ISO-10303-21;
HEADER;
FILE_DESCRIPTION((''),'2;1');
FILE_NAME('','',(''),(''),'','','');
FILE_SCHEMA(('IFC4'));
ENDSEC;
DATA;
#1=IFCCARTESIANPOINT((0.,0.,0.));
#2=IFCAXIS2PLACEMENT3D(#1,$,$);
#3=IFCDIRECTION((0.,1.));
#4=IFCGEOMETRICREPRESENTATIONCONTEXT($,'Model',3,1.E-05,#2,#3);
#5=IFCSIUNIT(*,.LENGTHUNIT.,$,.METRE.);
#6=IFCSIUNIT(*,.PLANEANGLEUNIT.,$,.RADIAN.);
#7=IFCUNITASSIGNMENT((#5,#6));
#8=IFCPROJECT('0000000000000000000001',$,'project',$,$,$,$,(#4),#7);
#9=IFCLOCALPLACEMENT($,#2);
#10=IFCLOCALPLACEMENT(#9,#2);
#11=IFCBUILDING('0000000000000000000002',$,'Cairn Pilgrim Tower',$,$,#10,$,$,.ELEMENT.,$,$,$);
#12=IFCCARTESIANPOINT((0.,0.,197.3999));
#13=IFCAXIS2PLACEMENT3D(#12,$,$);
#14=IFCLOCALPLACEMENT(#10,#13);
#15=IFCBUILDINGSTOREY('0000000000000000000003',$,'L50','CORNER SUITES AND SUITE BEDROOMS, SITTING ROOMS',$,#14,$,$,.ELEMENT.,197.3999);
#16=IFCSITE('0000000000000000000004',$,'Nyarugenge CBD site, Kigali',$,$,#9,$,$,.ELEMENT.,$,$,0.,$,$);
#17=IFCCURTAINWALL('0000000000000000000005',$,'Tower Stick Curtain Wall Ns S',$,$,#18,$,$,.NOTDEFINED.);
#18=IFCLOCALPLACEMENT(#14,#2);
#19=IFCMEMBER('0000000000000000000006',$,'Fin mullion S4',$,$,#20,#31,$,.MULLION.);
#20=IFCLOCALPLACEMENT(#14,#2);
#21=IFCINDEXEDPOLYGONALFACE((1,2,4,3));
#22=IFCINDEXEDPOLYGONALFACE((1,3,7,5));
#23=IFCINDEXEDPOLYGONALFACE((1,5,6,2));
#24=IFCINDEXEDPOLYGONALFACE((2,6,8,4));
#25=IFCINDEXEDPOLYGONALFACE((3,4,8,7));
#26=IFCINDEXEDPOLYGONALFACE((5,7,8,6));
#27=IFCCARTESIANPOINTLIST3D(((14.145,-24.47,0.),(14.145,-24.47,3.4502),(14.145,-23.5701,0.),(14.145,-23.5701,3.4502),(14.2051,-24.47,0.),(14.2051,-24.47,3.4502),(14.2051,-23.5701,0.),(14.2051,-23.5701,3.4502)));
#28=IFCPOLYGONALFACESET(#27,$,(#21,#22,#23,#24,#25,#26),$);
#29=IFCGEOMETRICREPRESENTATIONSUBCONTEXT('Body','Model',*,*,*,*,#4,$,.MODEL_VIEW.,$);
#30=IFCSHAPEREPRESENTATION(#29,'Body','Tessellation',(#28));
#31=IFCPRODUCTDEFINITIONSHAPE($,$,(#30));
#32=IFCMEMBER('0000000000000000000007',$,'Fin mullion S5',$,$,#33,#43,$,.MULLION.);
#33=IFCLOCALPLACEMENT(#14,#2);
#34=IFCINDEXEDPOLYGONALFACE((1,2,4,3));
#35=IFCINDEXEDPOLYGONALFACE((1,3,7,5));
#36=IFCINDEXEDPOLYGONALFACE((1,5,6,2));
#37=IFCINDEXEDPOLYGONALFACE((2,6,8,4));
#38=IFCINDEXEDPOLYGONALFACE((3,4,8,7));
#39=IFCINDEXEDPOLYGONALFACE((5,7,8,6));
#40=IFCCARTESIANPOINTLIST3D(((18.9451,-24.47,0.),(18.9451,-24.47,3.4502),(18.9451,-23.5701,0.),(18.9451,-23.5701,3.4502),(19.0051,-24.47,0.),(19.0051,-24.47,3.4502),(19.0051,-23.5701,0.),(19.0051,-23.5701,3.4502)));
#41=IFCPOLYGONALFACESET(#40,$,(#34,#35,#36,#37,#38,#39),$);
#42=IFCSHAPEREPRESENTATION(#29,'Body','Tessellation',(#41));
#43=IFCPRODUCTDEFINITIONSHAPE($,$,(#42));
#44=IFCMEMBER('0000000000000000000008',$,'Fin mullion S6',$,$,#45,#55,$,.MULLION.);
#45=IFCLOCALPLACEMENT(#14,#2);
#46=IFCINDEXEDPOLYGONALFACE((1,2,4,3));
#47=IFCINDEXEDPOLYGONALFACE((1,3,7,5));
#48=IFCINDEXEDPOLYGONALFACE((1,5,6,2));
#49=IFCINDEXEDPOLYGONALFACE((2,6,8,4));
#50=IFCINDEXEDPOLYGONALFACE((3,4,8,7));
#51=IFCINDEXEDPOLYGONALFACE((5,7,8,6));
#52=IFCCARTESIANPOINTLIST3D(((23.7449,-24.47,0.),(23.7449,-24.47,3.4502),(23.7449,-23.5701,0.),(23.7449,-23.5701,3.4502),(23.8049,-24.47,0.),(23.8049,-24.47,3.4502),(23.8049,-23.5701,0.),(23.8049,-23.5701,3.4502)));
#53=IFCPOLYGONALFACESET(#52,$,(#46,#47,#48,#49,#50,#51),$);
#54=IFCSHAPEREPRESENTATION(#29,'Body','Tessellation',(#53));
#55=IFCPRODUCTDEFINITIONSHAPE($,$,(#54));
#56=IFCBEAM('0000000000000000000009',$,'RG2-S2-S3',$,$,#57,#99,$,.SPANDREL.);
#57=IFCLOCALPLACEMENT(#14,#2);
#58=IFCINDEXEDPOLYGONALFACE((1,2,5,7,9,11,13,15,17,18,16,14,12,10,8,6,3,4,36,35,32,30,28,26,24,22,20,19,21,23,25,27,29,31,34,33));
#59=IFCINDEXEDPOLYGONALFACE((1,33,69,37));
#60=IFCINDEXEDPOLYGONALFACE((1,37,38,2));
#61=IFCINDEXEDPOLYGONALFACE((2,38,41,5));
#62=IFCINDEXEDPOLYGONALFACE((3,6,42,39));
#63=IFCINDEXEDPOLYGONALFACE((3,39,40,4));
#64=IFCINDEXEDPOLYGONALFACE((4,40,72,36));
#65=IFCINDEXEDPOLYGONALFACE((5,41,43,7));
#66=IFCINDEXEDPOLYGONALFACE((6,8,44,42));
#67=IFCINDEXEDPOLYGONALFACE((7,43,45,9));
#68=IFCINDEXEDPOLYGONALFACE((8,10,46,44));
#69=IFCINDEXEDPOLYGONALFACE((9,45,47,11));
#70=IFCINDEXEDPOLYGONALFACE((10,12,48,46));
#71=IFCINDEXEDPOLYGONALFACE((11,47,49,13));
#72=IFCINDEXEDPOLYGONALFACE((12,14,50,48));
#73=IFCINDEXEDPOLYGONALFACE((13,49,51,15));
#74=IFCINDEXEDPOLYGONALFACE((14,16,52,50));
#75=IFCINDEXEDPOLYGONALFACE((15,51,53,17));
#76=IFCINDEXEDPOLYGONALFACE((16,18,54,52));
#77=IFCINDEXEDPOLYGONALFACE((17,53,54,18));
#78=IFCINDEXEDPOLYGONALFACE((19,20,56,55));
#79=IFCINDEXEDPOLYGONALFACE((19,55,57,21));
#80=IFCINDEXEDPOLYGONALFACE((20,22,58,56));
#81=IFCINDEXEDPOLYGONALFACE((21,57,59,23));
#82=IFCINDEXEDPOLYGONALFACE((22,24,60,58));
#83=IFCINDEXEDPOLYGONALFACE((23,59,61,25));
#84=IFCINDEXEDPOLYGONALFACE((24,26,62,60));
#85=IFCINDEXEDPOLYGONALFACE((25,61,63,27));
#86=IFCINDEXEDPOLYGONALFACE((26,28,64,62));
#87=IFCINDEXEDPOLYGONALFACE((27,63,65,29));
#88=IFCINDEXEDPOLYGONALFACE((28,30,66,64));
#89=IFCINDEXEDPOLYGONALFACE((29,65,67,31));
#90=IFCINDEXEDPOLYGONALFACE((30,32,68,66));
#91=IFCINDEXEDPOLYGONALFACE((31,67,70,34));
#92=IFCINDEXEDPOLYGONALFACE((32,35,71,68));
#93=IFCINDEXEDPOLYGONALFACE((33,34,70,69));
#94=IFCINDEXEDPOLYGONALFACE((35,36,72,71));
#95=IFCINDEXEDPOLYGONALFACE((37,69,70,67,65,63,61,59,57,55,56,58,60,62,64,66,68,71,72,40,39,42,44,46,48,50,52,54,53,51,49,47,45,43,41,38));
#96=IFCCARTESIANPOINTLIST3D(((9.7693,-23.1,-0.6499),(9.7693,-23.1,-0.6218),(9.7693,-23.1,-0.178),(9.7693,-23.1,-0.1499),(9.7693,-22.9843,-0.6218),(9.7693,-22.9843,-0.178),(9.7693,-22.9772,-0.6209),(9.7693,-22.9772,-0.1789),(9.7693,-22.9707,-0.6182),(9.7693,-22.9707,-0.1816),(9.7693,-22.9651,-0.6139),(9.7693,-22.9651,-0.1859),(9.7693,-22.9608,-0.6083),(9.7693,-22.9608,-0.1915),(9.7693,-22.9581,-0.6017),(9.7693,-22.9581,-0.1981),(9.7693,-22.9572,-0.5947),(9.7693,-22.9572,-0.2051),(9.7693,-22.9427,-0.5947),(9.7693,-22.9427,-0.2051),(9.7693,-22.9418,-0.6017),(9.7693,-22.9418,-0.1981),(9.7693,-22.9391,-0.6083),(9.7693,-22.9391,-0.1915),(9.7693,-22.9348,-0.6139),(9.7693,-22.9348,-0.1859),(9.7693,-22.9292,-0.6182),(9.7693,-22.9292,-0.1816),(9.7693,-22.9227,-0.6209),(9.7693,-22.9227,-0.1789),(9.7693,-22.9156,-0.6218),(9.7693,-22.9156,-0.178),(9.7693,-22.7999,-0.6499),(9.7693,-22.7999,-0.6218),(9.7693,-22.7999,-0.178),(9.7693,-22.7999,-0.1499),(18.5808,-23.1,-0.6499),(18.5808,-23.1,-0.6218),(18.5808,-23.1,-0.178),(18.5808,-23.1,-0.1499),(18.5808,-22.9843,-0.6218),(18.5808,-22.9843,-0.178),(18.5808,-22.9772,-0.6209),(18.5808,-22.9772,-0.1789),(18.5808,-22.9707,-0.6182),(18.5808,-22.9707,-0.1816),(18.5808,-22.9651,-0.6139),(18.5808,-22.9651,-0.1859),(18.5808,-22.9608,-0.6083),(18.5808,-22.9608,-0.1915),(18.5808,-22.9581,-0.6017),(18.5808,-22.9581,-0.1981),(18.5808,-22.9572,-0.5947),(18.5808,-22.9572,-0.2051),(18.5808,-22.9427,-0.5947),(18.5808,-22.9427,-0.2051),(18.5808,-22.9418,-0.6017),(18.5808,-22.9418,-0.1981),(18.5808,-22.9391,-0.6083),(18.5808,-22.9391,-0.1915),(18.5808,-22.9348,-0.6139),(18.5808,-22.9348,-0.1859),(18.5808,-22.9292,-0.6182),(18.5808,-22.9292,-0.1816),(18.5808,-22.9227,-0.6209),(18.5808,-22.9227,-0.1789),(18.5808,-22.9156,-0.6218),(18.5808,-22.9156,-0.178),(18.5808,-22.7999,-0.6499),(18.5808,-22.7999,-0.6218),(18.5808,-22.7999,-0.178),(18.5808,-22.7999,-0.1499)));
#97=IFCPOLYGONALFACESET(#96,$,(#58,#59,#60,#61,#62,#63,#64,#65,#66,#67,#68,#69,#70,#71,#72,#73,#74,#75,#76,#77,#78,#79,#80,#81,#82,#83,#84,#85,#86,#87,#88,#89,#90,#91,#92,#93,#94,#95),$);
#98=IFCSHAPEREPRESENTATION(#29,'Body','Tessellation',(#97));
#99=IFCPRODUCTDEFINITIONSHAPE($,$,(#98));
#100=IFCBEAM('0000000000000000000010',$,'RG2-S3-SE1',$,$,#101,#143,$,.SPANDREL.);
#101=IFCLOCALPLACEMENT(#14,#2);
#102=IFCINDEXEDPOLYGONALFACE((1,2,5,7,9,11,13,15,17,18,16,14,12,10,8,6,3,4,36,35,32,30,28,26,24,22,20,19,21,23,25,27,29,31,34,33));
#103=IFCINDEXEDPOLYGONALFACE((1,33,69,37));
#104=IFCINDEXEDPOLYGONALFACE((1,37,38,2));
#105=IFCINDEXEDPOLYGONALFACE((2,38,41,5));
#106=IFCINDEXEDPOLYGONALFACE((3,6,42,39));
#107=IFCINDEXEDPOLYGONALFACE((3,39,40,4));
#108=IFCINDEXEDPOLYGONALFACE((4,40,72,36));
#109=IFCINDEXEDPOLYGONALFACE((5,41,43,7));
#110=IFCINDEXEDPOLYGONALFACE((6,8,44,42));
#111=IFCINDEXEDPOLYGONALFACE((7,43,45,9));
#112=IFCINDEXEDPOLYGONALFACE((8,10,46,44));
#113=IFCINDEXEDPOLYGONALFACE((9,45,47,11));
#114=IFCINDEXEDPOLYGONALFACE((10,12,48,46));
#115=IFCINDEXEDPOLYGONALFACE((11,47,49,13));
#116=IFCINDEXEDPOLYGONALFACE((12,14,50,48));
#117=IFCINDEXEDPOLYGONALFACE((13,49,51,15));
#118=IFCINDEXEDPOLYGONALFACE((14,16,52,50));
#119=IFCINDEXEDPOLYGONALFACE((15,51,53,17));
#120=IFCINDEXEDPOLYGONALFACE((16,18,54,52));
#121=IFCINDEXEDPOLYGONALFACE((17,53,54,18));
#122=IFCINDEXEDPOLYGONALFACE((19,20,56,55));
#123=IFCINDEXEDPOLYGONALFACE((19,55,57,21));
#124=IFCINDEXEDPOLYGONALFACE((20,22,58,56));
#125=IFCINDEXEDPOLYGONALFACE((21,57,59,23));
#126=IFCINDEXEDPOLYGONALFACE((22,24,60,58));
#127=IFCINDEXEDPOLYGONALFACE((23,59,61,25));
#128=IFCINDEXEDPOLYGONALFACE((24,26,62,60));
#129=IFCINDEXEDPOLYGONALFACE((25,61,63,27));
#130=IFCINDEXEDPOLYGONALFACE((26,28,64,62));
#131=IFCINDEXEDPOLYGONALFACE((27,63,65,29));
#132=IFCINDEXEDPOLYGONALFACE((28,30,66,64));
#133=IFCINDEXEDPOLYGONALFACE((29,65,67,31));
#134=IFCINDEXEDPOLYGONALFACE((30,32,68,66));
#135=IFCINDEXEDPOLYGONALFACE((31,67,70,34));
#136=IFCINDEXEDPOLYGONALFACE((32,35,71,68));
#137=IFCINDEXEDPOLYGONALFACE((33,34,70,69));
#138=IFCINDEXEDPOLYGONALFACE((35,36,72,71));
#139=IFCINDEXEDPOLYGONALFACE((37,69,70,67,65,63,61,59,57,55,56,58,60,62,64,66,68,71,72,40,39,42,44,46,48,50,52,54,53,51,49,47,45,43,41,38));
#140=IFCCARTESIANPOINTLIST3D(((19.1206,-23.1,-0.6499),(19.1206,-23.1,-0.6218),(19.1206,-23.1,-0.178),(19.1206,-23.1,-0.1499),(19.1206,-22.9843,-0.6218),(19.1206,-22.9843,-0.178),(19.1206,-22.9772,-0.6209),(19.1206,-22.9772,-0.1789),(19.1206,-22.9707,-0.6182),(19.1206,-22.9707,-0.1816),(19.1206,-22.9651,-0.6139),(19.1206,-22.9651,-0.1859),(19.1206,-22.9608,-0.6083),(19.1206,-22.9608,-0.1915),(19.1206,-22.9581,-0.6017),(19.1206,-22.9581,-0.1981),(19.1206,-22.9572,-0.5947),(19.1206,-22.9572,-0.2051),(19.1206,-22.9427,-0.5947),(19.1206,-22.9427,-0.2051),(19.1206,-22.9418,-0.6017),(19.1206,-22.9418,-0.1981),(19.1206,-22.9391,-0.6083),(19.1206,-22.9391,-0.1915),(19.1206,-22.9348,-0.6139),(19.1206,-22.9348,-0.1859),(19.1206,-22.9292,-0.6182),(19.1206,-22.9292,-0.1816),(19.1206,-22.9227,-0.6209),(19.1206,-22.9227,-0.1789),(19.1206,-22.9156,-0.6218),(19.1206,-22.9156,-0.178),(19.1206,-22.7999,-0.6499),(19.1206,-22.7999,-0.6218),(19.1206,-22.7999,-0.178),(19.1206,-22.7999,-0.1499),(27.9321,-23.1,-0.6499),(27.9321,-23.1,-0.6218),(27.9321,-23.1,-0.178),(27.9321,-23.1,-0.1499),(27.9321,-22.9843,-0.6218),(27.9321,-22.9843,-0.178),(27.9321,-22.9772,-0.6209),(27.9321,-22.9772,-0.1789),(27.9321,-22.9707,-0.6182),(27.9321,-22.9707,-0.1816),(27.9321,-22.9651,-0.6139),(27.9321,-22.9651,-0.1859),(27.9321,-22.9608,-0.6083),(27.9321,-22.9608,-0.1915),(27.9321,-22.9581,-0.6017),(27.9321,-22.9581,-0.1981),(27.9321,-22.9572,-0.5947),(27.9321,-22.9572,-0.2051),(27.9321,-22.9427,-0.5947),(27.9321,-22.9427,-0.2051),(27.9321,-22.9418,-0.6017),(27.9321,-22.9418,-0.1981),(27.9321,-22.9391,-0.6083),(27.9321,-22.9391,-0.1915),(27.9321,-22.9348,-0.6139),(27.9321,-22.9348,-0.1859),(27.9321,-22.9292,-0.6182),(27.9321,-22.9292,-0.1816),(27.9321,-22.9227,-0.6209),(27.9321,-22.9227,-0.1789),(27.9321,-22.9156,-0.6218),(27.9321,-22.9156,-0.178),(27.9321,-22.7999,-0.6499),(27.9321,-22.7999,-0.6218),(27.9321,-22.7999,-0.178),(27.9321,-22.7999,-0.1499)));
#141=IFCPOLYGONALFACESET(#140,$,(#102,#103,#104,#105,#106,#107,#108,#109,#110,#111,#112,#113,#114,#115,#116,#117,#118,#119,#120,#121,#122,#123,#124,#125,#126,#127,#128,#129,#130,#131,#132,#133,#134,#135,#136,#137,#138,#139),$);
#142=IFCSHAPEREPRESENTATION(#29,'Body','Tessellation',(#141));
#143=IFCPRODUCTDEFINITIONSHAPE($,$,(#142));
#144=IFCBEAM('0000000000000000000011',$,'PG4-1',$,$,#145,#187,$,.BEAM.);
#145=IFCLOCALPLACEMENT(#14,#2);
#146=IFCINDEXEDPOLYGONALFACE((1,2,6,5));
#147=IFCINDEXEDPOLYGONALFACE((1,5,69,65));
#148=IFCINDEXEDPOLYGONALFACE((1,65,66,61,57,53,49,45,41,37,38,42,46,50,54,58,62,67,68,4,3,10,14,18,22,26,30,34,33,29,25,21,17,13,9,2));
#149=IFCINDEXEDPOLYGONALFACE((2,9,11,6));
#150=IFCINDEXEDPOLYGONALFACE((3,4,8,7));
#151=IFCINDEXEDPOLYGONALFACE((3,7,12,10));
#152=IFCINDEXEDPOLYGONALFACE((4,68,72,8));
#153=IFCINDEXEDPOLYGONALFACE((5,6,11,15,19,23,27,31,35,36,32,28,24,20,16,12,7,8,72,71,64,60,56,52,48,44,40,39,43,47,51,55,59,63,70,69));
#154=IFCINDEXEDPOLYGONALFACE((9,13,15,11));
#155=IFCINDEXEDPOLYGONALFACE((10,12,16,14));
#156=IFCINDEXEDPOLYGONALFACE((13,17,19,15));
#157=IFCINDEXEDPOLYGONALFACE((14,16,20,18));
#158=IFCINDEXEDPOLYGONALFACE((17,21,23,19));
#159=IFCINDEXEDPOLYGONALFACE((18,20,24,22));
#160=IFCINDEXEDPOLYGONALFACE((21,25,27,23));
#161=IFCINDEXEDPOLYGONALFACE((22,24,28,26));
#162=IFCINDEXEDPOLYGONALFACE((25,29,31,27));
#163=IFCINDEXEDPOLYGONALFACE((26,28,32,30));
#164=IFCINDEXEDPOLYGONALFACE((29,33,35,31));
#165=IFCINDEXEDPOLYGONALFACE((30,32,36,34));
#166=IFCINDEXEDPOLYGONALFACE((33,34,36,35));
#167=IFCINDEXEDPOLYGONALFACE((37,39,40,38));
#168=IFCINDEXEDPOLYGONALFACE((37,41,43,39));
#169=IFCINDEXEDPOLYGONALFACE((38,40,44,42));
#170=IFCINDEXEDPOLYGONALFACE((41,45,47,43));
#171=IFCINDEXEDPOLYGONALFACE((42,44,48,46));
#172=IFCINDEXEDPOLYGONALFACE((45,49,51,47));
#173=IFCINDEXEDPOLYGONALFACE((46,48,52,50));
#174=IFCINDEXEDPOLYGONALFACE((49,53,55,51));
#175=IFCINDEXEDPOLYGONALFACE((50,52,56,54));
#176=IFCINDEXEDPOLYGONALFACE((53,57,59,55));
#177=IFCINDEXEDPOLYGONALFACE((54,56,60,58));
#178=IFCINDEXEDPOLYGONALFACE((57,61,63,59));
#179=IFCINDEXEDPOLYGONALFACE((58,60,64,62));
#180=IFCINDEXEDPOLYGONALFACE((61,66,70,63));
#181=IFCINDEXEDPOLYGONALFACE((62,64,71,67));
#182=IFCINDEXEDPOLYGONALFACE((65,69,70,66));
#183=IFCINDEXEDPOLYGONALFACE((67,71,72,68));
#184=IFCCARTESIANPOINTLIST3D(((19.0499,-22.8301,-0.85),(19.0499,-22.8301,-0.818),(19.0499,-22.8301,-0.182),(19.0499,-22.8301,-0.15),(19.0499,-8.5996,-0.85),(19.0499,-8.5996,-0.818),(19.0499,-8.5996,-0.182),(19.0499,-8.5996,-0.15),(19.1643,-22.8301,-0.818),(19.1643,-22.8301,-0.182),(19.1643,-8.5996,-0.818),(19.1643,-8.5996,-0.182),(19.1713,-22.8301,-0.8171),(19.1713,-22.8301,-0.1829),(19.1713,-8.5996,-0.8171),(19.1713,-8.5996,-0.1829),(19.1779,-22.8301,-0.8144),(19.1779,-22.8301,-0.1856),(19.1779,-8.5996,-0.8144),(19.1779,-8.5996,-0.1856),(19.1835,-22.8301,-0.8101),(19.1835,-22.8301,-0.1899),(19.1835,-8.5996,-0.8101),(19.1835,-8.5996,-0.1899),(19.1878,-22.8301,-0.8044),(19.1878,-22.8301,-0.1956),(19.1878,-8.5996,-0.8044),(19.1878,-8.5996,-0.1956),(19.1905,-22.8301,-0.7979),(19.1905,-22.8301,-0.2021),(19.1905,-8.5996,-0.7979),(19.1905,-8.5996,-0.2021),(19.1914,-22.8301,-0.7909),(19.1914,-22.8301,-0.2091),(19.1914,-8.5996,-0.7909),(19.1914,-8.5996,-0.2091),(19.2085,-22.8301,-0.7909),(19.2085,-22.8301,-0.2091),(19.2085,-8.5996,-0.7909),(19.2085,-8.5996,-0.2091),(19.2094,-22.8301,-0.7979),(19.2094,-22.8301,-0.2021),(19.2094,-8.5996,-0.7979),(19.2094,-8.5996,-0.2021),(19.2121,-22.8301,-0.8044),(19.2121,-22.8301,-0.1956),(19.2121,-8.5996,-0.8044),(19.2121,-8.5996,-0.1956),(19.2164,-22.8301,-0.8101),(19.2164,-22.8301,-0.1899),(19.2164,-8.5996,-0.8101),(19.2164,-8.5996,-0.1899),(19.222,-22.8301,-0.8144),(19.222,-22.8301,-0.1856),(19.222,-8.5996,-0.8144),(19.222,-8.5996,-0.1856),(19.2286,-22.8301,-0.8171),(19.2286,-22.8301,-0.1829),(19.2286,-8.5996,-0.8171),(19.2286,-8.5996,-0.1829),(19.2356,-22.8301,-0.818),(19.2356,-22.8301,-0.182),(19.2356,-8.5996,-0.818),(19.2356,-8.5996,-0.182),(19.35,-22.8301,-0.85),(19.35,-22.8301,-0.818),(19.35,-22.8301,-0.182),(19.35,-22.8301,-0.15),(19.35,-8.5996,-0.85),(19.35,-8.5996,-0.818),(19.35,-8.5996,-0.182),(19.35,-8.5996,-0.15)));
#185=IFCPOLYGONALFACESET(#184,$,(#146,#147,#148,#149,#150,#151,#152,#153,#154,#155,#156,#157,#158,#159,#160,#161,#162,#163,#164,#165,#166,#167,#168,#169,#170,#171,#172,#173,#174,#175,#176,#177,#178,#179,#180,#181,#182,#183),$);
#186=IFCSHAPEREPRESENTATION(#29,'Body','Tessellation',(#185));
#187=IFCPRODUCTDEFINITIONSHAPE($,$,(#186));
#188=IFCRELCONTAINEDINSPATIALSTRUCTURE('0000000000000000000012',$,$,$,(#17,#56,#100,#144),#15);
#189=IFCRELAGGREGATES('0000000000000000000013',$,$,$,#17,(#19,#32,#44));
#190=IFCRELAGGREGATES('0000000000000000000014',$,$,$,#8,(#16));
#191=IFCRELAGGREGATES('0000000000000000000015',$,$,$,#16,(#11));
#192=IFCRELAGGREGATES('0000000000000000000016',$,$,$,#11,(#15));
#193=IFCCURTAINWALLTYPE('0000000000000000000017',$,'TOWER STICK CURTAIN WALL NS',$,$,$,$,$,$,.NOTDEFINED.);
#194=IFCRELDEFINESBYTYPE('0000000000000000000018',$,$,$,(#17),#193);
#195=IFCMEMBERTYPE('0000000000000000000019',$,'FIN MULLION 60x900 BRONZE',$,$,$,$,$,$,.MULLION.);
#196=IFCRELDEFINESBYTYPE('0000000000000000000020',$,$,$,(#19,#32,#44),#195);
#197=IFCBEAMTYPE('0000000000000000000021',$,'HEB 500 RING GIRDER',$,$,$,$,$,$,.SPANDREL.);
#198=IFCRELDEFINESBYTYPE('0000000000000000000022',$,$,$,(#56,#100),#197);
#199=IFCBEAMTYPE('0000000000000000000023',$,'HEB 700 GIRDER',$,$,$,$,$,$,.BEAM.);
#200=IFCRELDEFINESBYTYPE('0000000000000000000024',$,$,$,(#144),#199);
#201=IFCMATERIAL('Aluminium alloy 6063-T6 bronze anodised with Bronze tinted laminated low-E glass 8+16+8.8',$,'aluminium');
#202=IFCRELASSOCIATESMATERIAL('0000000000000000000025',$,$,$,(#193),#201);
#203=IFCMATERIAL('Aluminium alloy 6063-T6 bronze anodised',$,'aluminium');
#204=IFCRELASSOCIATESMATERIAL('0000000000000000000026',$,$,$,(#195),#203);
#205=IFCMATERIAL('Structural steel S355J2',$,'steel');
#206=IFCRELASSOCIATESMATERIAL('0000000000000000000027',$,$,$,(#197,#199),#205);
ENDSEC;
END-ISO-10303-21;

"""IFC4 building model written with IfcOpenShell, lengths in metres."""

from ifc_helpers import new_model, si_unit, direction, frame, origin, origin_2d, place, context, subcontext, project, spatial, rectangle, i_section, extrude, material, material_profile, profile_set, type_object, element, aggregate, save


model = new_model("IFC4")

# Units and contexts
model_context = context("Model", 3, precision=1e-05, world=origin(), true_north=direction((0.0, 1.0)))
body_context = subcontext(model_context, "Body", "Model", "MODEL_VIEW")
ifc_project = project(units=[si_unit("LENGTHUNIT", "METRE"), si_unit("PLANEANGLEUNIT", "RADIAN")], contexts=[model_context])

# Site, building, storey
site_placement = place(None, origin())
site = spatial("IfcSite", under=ifc_project, at=site_placement, Name="Nyarugenge CBD site, Kigali", CompositionType="ELEMENT", RefElevation=0.0)
building_placement = place(site_placement, origin())
building = spatial("IfcBuilding", under=site, at=building_placement, Name="Cairn Pilgrim Tower", CompositionType="ELEMENT")
storey_placement = place(building_placement, frame((0.0, 0.0, 197.3999)))
storey = spatial("IfcBuildingStorey", under=building, at=storey_placement, Name="L50", Description="CORNER SUITES AND SUITE BEDROOMS, SITTING ROOMS", CompositionType="ELEMENT", Elevation=197.3999)

# Curtain wall, members
ifc_material_1 = material(Name="Aluminium alloy 6063-T6 bronze anodised with Bronze tinted laminated low-E glass 8+16+8.8", Category="aluminium")
curtain_wall_type = type_object("IfcCurtainWallType", Name="TOWER STICK CURTAIN WALL NS", PredefinedType="NOTDEFINED", material=ifc_material_1)
curtain_wall_placement = place(storey_placement, origin())
curtain_wall = element("IfcCurtainWall", 1, at=curtain_wall_placement, inside=storey, type_object=curtain_wall_type, Name="Tower Stick Curtain Wall Ns S", PredefinedType="NOTDEFINED")
ifc_material_2 = material(Name="Aluminium alloy 6063-T6 bronze anodised", Category="aluminium")
ifc_material_profile_1 = material_profile(ifc_material_2, rectangle(XDim=0.8999, YDim=0.0601, at=origin_2d()), Name="FIN MULLION 60x900 BRONZE")
ifc_profile_set_1 = profile_set([ifc_material_profile_1], Name="Aluminium alloy 6063-T6 bronze anodised")
member_type = type_object("IfcMemberType", Name="FIN MULLION 60x900 BRONZE", PredefinedType="MULLION", material=ifc_profile_set_1)
member_1_placement = place(storey_placement, frame((14.175, -24.02, 0.0), z_axis=(0.0, 0.0, 1.0), x_axis=(0.0, -1.0, 0.0)))
member_1 = element("IfcMember", 2, at=member_1_placement, type_object=member_type, Name="Fin mullion S4", PredefinedType="MULLION", context=body_context, shape_type="SweptSolid", body=[
    extrude(rectangle(XDim=0.8999, YDim=0.0601, at=origin_2d()), origin(), (0.0, 0.0, 1.0), 3.4502),
])
member_2_placement = place(storey_placement, frame((18.9751, -24.02, 0.0), z_axis=(0.0, 0.0, 1.0), x_axis=(0.0, -1.0, 0.0)))
member_2 = element("IfcMember", 3, at=member_2_placement, type_object=member_type, Name="Fin mullion S5", PredefinedType="MULLION", context=body_context, shape_type="SweptSolid", body=[
    extrude(rectangle(XDim=0.8999, YDim=0.0601, at=origin_2d()), origin(), (0.0, 0.0, 1.0), 3.4502),
])
member_3_placement = place(storey_placement, frame((23.7749, -24.02, 0.0), z_axis=(0.0, 0.0, 1.0), x_axis=(0.0, -1.0, 0.0)))
member_3 = element("IfcMember", 4, at=member_3_placement, type_object=member_type, Name="Fin mullion S6", PredefinedType="MULLION", context=body_context, shape_type="SweptSolid", body=[
    extrude(rectangle(XDim=0.8999, YDim=0.0601, at=origin_2d()), origin(), (0.0, 0.0, 1.0), 3.4502),
])
aggregate(curtain_wall, [member_1, member_2, member_3])

# Beams
ifc_material_3 = material(Name="Structural steel S355J2", Category="steel")
ifc_material_profile_2 = material_profile(ifc_material_3, i_section(OverallWidth=0.3, OverallDepth=0.5, WebThickness=0.0144, FlangeThickness=0.0281, FilletRadius=0.0271, at=origin_2d()), Name="HEB 500")
ifc_profile_set_2 = profile_set([ifc_material_profile_2], Name="Structural steel S355J2")
beam_type_1 = type_object("IfcBeamType", Name="HEB 500 RING GIRDER", PredefinedType="SPANDREL", material=ifc_profile_set_2)
for number, where, z_axis, x_axis, name in (
    (5, (9.7693, -22.95, -0.3999), (1.0, 0.0, 0.0), (0.0, 1.0, 0.0), "RG2-S2-S3"),
    (6, (19.1206, -22.95, -0.3999), (1.0, 0.0, 0.0), (0.0, 1.0, 0.0), "RG2-S3-SE1"),
):
    element("IfcBeam", number, at=place(storey_placement, frame(where, z_axis=z_axis, x_axis=x_axis)), inside=storey, type_object=beam_type_1, Name=name, PredefinedType="SPANDREL", context=body_context, shape_type="SweptSolid", body=[
        extrude(i_section(OverallWidth=0.3, OverallDepth=0.5, WebThickness=0.0144, FlangeThickness=0.0281, FilletRadius=0.0271, at=origin_2d()), origin(), (0.0, 0.0, 1.0), 8.8115),
    ])
ifc_material_profile_3 = material_profile(ifc_material_3, i_section(OverallWidth=0.3, OverallDepth=0.7, WebThickness=0.0171, FlangeThickness=0.032, FilletRadius=0.0271, at=origin_2d()), Name="HEB 700")
ifc_profile_set_3 = profile_set([ifc_material_profile_3], Name="Structural steel S355J2")
beam_type_2 = type_object("IfcBeamType", Name="HEB 700 GIRDER", PredefinedType="BEAM", material=ifc_profile_set_3)
beam_placement = place(storey_placement, frame((19.2, -22.8301, -0.5), z_axis=(0.0, 1.0, 0.0), x_axis=(-1.0, 0.0, 0.0)))
element("IfcBeam", 7, at=beam_placement, inside=storey, type_object=beam_type_2, Name="PG4-1", PredefinedType="BEAM", context=body_context, shape_type="SweptSolid", body=[
    extrude(i_section(OverallWidth=0.3, OverallDepth=0.7, WebThickness=0.0171, FlangeThickness=0.032, FilletRadius=0.0271, at=origin_2d()), origin(), (0.0, 0.0, 1.0), 14.2305),
])

save(model, "model.ifc")
